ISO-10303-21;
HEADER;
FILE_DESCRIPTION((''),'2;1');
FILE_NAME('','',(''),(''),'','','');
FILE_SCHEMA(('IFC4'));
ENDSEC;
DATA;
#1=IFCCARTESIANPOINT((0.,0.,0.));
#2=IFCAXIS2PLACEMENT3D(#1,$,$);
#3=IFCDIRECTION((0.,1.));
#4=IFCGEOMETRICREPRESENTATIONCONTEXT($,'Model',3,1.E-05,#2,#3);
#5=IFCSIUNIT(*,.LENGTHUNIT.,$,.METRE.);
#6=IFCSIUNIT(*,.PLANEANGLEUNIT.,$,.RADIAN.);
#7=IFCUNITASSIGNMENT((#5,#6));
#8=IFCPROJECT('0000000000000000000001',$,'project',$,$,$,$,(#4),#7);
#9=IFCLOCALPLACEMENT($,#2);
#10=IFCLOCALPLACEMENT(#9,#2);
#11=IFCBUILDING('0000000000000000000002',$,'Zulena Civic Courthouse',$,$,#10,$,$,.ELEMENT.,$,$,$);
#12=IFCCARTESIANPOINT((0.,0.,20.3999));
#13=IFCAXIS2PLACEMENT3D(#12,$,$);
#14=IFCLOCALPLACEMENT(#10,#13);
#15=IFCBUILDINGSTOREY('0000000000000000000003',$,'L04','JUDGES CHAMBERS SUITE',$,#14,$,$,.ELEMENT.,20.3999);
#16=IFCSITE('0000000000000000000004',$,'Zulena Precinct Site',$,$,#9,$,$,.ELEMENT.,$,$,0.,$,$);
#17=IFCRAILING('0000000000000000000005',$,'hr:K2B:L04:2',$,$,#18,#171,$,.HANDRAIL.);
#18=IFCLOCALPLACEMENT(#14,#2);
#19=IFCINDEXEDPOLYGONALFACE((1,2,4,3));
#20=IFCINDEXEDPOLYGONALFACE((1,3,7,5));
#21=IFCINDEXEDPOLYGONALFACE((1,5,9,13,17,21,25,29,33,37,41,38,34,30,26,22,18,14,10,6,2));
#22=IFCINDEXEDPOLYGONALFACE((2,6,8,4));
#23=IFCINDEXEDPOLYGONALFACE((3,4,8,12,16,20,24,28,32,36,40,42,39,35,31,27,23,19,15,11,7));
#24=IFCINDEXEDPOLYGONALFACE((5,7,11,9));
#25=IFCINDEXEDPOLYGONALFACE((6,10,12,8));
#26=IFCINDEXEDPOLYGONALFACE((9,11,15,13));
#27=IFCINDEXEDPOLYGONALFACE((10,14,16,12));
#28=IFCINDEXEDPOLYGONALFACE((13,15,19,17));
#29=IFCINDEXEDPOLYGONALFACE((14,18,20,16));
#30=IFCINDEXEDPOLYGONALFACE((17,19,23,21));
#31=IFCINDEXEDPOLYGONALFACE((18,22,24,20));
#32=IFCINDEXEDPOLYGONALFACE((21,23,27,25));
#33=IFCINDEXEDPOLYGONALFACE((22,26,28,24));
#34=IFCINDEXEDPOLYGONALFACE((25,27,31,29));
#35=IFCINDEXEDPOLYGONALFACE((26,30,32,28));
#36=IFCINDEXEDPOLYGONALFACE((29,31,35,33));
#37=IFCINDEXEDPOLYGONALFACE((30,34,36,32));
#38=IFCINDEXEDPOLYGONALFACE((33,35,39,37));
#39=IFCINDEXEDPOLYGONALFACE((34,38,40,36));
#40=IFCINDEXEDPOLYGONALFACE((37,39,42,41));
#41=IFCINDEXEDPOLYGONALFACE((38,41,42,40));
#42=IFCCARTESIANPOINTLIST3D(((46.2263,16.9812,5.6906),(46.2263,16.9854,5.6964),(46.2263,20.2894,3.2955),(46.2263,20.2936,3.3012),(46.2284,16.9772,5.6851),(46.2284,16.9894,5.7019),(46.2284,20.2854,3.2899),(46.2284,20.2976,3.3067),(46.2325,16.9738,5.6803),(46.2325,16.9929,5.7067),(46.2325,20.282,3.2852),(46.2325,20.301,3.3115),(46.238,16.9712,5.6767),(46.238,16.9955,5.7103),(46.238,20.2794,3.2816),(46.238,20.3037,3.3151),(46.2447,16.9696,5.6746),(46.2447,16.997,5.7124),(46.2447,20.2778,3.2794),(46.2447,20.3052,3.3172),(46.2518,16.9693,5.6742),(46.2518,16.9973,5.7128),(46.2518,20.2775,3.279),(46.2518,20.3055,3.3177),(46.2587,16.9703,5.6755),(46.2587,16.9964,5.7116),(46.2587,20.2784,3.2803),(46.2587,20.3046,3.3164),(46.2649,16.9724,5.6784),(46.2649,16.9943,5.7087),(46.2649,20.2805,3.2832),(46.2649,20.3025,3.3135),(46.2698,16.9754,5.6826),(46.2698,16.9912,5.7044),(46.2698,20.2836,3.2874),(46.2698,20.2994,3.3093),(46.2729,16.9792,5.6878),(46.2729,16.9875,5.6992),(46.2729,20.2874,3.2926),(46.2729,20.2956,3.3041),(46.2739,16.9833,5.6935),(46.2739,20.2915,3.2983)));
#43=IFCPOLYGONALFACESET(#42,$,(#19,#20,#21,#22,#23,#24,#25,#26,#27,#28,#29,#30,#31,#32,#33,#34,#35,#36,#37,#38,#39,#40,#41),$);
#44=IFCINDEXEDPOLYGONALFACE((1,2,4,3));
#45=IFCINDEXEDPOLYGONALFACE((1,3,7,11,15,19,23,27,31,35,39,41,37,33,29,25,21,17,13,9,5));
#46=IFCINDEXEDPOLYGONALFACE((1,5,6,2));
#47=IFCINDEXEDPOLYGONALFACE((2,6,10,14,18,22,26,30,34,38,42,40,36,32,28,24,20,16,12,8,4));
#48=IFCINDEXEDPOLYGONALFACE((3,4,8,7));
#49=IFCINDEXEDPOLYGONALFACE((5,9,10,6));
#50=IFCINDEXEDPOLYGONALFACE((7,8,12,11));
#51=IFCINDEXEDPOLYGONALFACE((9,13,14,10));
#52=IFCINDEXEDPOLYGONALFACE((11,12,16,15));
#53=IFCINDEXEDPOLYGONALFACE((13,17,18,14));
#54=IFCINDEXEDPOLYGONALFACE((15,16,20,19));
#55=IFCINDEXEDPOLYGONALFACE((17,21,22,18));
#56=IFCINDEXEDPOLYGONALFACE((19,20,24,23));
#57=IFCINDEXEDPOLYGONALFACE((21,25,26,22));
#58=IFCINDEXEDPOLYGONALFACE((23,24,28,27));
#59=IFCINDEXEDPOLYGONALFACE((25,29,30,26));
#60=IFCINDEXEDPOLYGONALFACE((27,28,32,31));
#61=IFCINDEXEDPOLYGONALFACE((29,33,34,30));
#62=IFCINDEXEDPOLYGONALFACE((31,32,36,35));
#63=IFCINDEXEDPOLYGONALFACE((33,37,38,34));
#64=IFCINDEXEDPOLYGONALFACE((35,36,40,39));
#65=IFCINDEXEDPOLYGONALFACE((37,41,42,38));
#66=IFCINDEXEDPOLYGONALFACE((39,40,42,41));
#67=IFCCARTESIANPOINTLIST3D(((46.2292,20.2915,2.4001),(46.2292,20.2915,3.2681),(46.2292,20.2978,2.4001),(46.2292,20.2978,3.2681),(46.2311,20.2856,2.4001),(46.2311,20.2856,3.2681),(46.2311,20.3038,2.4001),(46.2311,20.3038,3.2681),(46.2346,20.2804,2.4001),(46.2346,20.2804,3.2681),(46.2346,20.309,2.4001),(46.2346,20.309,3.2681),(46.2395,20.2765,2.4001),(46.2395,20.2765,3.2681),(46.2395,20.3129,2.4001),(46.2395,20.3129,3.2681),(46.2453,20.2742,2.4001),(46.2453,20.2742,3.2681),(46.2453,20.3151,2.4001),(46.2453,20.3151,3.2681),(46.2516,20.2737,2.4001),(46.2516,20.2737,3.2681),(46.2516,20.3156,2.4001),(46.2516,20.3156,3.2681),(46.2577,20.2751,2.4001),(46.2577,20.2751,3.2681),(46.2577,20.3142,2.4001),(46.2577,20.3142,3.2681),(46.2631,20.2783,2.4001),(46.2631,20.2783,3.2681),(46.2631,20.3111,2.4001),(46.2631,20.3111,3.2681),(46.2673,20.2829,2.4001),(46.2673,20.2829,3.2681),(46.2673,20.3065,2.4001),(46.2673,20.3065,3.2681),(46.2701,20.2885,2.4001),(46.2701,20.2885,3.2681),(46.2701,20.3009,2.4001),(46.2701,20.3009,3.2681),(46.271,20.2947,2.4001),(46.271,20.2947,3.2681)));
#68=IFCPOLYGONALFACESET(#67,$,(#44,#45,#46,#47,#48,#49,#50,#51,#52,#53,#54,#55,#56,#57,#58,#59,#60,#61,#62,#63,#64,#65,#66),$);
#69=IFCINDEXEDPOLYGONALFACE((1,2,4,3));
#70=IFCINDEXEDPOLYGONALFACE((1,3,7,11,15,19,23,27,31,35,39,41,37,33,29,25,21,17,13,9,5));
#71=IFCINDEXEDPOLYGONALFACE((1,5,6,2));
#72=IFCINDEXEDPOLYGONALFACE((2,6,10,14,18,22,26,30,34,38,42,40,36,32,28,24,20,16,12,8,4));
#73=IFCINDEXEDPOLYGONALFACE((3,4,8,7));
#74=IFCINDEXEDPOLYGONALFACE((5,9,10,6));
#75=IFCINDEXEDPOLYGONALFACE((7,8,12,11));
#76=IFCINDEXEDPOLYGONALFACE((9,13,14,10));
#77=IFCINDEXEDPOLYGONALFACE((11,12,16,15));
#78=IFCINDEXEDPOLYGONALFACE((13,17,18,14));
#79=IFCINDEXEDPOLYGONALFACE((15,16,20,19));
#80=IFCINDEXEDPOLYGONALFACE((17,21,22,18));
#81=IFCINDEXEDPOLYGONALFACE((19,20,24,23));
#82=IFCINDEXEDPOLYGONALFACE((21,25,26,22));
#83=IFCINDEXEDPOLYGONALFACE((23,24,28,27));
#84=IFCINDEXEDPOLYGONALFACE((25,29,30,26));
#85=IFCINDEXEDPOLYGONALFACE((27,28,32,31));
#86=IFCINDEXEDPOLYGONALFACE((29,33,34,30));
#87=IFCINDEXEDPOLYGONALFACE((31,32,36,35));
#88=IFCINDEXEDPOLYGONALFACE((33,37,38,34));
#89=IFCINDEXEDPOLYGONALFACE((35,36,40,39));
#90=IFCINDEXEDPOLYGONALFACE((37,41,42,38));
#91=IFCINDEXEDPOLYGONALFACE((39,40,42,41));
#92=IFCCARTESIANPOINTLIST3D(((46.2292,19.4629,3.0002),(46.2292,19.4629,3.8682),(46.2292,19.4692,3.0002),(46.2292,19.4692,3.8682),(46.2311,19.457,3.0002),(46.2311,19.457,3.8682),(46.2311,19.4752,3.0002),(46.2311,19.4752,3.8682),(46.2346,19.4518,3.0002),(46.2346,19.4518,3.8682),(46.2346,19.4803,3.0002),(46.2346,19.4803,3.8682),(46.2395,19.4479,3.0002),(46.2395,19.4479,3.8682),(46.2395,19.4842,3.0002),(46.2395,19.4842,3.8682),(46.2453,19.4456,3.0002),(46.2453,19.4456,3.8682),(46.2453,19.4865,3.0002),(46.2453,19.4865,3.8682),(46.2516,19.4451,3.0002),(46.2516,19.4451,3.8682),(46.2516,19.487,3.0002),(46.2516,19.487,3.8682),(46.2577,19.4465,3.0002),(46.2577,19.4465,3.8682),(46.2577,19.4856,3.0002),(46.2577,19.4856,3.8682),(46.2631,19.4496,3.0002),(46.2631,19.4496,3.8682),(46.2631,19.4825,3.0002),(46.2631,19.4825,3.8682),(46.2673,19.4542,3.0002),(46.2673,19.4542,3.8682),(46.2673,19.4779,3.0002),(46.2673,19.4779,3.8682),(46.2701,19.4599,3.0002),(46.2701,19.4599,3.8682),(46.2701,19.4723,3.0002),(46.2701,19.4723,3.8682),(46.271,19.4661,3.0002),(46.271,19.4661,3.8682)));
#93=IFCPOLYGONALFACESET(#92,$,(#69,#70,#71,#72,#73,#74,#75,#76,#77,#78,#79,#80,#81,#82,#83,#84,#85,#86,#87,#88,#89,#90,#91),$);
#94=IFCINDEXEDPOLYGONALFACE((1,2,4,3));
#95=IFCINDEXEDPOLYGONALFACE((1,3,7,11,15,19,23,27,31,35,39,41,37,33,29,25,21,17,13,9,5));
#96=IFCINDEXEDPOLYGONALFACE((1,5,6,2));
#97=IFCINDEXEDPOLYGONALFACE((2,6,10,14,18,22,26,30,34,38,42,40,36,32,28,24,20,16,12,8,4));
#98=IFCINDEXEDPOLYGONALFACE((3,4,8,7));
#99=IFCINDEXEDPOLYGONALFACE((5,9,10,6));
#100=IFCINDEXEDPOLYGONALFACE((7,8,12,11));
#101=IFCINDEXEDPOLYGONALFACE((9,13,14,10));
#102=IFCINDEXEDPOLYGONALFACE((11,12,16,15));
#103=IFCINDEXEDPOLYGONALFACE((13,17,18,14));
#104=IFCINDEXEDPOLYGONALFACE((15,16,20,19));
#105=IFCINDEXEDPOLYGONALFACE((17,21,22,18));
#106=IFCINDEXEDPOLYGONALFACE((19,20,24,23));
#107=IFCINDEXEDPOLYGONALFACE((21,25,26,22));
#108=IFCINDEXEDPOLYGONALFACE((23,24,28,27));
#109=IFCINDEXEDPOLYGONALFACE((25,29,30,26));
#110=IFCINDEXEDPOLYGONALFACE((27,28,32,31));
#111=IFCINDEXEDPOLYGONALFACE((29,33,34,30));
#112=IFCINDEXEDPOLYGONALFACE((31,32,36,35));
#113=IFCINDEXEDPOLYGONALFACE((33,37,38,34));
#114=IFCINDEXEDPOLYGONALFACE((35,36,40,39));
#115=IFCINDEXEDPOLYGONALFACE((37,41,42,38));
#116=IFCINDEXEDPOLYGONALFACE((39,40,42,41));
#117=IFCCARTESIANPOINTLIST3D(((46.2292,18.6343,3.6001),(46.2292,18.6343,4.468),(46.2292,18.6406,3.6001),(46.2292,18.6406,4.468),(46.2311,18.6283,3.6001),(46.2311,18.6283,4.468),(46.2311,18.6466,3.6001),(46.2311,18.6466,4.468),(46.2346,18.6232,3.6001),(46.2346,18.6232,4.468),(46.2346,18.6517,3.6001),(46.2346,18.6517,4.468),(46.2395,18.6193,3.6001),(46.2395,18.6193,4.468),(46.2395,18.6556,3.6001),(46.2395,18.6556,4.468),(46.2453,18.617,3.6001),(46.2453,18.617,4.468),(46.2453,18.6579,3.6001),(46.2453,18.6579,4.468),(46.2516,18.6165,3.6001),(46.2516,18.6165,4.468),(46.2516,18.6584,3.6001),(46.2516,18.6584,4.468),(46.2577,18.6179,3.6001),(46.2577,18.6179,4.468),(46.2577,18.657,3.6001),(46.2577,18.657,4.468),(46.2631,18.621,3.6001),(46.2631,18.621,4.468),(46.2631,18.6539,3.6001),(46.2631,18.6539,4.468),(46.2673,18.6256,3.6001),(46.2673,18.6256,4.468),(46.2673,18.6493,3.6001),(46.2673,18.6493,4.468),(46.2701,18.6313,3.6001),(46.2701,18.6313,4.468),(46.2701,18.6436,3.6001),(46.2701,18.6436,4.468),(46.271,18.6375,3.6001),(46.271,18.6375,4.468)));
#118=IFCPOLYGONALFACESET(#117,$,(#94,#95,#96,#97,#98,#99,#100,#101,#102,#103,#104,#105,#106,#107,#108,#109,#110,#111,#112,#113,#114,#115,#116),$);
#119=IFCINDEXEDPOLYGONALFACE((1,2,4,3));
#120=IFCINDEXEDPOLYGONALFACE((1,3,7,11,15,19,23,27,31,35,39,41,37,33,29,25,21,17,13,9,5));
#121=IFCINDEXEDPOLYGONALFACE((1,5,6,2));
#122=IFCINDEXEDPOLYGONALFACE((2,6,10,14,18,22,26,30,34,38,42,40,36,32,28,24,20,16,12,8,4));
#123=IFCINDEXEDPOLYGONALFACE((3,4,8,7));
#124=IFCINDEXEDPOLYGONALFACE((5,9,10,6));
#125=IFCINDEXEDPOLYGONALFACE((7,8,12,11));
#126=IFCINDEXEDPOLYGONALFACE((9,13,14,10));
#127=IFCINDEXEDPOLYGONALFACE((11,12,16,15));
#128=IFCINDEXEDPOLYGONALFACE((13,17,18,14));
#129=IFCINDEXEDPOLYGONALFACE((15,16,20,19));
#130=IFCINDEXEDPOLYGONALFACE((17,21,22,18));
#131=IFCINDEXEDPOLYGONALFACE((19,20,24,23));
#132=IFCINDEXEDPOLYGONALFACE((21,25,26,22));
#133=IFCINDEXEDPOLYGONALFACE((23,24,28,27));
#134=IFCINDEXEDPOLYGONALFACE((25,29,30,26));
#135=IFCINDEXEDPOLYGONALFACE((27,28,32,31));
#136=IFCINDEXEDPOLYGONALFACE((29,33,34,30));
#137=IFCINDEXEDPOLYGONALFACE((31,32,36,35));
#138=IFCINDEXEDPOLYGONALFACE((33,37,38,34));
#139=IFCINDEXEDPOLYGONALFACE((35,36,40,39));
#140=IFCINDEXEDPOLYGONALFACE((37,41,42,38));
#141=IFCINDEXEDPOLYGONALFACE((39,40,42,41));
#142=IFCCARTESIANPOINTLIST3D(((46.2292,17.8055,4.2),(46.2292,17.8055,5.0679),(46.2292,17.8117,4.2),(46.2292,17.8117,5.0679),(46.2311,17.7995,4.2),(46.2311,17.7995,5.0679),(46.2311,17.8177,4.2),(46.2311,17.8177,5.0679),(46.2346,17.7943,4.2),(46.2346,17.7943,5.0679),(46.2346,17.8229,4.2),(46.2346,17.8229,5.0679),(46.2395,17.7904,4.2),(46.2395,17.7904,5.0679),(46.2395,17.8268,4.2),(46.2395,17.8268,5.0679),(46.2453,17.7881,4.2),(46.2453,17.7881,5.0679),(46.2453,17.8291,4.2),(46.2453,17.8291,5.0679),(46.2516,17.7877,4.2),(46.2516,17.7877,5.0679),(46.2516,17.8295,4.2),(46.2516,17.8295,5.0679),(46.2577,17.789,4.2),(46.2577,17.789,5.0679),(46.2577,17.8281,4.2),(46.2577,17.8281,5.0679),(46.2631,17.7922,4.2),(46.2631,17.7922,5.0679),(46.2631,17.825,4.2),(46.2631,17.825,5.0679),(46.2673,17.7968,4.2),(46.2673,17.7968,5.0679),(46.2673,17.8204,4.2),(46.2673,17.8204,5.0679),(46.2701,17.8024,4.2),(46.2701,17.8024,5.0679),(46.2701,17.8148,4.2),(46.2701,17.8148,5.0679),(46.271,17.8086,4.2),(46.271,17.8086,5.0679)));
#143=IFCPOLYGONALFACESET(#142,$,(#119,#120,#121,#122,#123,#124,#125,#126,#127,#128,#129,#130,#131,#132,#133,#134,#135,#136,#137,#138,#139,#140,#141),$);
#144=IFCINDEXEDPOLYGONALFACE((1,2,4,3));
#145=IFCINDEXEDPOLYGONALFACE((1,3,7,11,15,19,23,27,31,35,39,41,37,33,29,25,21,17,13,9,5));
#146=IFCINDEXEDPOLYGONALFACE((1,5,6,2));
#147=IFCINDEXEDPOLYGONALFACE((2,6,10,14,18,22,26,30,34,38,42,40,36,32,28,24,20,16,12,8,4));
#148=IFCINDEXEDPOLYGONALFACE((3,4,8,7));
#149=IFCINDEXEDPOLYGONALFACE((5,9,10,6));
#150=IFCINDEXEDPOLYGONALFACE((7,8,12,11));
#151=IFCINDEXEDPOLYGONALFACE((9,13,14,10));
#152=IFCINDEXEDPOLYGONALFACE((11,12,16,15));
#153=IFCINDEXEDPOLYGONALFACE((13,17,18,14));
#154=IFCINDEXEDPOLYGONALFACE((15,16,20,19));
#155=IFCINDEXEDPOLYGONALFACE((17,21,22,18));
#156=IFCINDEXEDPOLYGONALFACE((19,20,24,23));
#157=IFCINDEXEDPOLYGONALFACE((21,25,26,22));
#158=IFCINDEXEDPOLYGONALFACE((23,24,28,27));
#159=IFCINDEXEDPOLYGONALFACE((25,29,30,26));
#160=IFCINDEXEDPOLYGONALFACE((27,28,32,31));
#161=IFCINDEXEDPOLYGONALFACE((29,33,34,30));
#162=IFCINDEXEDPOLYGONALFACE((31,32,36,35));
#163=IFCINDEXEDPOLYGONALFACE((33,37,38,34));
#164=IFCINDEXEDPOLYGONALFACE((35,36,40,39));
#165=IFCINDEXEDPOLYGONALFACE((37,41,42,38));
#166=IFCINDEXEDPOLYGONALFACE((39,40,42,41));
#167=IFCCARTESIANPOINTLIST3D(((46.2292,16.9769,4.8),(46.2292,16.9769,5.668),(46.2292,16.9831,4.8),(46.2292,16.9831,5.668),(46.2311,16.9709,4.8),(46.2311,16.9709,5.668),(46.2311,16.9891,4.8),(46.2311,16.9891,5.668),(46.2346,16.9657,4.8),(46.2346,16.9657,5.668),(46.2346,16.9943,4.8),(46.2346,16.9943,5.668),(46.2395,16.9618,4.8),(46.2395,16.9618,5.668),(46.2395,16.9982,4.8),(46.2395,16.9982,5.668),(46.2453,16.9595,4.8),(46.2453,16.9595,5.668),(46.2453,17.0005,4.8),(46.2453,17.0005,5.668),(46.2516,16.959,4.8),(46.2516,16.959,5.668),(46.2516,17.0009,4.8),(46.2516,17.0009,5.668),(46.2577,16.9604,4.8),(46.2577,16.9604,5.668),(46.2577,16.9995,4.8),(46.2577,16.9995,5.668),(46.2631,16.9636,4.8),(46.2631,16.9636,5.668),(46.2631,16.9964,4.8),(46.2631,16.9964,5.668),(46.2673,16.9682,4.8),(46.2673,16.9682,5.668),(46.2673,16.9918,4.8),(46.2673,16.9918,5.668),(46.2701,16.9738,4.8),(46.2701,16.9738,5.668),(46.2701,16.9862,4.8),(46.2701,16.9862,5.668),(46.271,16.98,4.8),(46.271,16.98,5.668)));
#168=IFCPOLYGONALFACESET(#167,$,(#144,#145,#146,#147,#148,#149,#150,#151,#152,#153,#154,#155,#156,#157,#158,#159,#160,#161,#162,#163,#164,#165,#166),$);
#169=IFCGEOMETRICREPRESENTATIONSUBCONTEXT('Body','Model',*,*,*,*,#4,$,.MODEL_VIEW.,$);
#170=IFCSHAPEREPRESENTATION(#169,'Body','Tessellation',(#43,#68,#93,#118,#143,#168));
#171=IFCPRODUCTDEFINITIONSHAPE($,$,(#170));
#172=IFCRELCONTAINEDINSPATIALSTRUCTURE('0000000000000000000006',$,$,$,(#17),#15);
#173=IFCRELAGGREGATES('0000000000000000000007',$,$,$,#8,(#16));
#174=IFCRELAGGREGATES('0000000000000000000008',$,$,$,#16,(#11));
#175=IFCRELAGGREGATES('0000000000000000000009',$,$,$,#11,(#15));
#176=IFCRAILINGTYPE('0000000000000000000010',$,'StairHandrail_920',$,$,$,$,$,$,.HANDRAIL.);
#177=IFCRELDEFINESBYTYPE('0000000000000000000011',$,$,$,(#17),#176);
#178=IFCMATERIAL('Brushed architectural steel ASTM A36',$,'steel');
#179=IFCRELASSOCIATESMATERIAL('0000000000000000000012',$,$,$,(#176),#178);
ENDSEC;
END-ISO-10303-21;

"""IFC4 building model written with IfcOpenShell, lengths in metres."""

from ifc_helpers import new_model, si_unit, direction, frame, origin, origin_2d, place, context, subcontext, project, spatial, circle, extrude, material, type_object, element, save


model = new_model("IFC4")

# Units and contexts
model_context = context("Model", 3, precision=1e-05, world=origin(), true_north=direction((0.0, 1.0)))
body_context = subcontext(model_context, "Body", "Model", "MODEL_VIEW")
ifc_project = project(units=[si_unit("LENGTHUNIT", "METRE"), si_unit("PLANEANGLEUNIT", "RADIAN")], contexts=[model_context])

# Site, building, storey
site_placement = place(None, origin())
site = spatial("IfcSite", under=ifc_project, at=site_placement, Name="Zulena Precinct Site", CompositionType="ELEMENT", RefElevation=0.0)
building_placement = place(site_placement, origin())
building = spatial("IfcBuilding", under=site, at=building_placement, Name="Zulena Civic Courthouse", CompositionType="ELEMENT")
storey_placement = place(building_placement, frame((0.0, 0.0, 20.3999)))
storey = spatial("IfcBuildingStorey", under=building, at=storey_placement, Name="L04", Description="JUDGES CHAMBERS SUITE", CompositionType="ELEMENT", Elevation=20.3999)

# Railing
ifc_material_1 = material(Name="Brushed architectural steel ASTM A36", Category="steel")
railing_type_1 = type_object("IfcRailingType", Name="StairHandrail_920", PredefinedType="HANDRAIL", material=ifc_material_1)
railing_1_placement = place(storey_placement, frame((46.25, 20.2947, 2.4001)))
element("IfcRailing", 1, at=railing_1_placement, inside=storey, type_object=railing_type_1, Name="hr:K2B:L04:2", PredefinedType="HANDRAIL", context=body_context, shape_type="SweptSolid", body=[
    extrude(circle(Radius=0.0239, at=origin_2d()), frame((0.0, -0.0032, 0.8982), z_axis=(0.0, -0.809988, 0.586446), x_axis=(1.0, 0.0, 0.0)), (0.0, 0.0, 1.0), 4.0842),
    extrude(circle(Radius=0.021, at=origin_2d()), origin(), (0.0, 0.0, 1.0), 0.8679),
    extrude(circle(Radius=0.021, at=origin_2d()), frame((0.0, -0.8286, 0.6001)), (0.0, 0.0, 1.0), 0.8679),
    extrude(circle(Radius=0.021, at=origin_2d()), frame((0.0, -1.6572, 1.2)), (0.0, 0.0, 1.0), 0.8679),
    extrude(circle(Radius=0.021, at=origin_2d()), frame((0.0, -2.4861, 1.7998)), (0.0, 0.0, 1.0), 0.8679),
    extrude(circle(Radius=0.021, at=origin_2d()), frame((0.0, -3.3147, 2.3999)), (0.0, 0.0, 1.0), 0.8679),
])

save(model, "model.ifc")
